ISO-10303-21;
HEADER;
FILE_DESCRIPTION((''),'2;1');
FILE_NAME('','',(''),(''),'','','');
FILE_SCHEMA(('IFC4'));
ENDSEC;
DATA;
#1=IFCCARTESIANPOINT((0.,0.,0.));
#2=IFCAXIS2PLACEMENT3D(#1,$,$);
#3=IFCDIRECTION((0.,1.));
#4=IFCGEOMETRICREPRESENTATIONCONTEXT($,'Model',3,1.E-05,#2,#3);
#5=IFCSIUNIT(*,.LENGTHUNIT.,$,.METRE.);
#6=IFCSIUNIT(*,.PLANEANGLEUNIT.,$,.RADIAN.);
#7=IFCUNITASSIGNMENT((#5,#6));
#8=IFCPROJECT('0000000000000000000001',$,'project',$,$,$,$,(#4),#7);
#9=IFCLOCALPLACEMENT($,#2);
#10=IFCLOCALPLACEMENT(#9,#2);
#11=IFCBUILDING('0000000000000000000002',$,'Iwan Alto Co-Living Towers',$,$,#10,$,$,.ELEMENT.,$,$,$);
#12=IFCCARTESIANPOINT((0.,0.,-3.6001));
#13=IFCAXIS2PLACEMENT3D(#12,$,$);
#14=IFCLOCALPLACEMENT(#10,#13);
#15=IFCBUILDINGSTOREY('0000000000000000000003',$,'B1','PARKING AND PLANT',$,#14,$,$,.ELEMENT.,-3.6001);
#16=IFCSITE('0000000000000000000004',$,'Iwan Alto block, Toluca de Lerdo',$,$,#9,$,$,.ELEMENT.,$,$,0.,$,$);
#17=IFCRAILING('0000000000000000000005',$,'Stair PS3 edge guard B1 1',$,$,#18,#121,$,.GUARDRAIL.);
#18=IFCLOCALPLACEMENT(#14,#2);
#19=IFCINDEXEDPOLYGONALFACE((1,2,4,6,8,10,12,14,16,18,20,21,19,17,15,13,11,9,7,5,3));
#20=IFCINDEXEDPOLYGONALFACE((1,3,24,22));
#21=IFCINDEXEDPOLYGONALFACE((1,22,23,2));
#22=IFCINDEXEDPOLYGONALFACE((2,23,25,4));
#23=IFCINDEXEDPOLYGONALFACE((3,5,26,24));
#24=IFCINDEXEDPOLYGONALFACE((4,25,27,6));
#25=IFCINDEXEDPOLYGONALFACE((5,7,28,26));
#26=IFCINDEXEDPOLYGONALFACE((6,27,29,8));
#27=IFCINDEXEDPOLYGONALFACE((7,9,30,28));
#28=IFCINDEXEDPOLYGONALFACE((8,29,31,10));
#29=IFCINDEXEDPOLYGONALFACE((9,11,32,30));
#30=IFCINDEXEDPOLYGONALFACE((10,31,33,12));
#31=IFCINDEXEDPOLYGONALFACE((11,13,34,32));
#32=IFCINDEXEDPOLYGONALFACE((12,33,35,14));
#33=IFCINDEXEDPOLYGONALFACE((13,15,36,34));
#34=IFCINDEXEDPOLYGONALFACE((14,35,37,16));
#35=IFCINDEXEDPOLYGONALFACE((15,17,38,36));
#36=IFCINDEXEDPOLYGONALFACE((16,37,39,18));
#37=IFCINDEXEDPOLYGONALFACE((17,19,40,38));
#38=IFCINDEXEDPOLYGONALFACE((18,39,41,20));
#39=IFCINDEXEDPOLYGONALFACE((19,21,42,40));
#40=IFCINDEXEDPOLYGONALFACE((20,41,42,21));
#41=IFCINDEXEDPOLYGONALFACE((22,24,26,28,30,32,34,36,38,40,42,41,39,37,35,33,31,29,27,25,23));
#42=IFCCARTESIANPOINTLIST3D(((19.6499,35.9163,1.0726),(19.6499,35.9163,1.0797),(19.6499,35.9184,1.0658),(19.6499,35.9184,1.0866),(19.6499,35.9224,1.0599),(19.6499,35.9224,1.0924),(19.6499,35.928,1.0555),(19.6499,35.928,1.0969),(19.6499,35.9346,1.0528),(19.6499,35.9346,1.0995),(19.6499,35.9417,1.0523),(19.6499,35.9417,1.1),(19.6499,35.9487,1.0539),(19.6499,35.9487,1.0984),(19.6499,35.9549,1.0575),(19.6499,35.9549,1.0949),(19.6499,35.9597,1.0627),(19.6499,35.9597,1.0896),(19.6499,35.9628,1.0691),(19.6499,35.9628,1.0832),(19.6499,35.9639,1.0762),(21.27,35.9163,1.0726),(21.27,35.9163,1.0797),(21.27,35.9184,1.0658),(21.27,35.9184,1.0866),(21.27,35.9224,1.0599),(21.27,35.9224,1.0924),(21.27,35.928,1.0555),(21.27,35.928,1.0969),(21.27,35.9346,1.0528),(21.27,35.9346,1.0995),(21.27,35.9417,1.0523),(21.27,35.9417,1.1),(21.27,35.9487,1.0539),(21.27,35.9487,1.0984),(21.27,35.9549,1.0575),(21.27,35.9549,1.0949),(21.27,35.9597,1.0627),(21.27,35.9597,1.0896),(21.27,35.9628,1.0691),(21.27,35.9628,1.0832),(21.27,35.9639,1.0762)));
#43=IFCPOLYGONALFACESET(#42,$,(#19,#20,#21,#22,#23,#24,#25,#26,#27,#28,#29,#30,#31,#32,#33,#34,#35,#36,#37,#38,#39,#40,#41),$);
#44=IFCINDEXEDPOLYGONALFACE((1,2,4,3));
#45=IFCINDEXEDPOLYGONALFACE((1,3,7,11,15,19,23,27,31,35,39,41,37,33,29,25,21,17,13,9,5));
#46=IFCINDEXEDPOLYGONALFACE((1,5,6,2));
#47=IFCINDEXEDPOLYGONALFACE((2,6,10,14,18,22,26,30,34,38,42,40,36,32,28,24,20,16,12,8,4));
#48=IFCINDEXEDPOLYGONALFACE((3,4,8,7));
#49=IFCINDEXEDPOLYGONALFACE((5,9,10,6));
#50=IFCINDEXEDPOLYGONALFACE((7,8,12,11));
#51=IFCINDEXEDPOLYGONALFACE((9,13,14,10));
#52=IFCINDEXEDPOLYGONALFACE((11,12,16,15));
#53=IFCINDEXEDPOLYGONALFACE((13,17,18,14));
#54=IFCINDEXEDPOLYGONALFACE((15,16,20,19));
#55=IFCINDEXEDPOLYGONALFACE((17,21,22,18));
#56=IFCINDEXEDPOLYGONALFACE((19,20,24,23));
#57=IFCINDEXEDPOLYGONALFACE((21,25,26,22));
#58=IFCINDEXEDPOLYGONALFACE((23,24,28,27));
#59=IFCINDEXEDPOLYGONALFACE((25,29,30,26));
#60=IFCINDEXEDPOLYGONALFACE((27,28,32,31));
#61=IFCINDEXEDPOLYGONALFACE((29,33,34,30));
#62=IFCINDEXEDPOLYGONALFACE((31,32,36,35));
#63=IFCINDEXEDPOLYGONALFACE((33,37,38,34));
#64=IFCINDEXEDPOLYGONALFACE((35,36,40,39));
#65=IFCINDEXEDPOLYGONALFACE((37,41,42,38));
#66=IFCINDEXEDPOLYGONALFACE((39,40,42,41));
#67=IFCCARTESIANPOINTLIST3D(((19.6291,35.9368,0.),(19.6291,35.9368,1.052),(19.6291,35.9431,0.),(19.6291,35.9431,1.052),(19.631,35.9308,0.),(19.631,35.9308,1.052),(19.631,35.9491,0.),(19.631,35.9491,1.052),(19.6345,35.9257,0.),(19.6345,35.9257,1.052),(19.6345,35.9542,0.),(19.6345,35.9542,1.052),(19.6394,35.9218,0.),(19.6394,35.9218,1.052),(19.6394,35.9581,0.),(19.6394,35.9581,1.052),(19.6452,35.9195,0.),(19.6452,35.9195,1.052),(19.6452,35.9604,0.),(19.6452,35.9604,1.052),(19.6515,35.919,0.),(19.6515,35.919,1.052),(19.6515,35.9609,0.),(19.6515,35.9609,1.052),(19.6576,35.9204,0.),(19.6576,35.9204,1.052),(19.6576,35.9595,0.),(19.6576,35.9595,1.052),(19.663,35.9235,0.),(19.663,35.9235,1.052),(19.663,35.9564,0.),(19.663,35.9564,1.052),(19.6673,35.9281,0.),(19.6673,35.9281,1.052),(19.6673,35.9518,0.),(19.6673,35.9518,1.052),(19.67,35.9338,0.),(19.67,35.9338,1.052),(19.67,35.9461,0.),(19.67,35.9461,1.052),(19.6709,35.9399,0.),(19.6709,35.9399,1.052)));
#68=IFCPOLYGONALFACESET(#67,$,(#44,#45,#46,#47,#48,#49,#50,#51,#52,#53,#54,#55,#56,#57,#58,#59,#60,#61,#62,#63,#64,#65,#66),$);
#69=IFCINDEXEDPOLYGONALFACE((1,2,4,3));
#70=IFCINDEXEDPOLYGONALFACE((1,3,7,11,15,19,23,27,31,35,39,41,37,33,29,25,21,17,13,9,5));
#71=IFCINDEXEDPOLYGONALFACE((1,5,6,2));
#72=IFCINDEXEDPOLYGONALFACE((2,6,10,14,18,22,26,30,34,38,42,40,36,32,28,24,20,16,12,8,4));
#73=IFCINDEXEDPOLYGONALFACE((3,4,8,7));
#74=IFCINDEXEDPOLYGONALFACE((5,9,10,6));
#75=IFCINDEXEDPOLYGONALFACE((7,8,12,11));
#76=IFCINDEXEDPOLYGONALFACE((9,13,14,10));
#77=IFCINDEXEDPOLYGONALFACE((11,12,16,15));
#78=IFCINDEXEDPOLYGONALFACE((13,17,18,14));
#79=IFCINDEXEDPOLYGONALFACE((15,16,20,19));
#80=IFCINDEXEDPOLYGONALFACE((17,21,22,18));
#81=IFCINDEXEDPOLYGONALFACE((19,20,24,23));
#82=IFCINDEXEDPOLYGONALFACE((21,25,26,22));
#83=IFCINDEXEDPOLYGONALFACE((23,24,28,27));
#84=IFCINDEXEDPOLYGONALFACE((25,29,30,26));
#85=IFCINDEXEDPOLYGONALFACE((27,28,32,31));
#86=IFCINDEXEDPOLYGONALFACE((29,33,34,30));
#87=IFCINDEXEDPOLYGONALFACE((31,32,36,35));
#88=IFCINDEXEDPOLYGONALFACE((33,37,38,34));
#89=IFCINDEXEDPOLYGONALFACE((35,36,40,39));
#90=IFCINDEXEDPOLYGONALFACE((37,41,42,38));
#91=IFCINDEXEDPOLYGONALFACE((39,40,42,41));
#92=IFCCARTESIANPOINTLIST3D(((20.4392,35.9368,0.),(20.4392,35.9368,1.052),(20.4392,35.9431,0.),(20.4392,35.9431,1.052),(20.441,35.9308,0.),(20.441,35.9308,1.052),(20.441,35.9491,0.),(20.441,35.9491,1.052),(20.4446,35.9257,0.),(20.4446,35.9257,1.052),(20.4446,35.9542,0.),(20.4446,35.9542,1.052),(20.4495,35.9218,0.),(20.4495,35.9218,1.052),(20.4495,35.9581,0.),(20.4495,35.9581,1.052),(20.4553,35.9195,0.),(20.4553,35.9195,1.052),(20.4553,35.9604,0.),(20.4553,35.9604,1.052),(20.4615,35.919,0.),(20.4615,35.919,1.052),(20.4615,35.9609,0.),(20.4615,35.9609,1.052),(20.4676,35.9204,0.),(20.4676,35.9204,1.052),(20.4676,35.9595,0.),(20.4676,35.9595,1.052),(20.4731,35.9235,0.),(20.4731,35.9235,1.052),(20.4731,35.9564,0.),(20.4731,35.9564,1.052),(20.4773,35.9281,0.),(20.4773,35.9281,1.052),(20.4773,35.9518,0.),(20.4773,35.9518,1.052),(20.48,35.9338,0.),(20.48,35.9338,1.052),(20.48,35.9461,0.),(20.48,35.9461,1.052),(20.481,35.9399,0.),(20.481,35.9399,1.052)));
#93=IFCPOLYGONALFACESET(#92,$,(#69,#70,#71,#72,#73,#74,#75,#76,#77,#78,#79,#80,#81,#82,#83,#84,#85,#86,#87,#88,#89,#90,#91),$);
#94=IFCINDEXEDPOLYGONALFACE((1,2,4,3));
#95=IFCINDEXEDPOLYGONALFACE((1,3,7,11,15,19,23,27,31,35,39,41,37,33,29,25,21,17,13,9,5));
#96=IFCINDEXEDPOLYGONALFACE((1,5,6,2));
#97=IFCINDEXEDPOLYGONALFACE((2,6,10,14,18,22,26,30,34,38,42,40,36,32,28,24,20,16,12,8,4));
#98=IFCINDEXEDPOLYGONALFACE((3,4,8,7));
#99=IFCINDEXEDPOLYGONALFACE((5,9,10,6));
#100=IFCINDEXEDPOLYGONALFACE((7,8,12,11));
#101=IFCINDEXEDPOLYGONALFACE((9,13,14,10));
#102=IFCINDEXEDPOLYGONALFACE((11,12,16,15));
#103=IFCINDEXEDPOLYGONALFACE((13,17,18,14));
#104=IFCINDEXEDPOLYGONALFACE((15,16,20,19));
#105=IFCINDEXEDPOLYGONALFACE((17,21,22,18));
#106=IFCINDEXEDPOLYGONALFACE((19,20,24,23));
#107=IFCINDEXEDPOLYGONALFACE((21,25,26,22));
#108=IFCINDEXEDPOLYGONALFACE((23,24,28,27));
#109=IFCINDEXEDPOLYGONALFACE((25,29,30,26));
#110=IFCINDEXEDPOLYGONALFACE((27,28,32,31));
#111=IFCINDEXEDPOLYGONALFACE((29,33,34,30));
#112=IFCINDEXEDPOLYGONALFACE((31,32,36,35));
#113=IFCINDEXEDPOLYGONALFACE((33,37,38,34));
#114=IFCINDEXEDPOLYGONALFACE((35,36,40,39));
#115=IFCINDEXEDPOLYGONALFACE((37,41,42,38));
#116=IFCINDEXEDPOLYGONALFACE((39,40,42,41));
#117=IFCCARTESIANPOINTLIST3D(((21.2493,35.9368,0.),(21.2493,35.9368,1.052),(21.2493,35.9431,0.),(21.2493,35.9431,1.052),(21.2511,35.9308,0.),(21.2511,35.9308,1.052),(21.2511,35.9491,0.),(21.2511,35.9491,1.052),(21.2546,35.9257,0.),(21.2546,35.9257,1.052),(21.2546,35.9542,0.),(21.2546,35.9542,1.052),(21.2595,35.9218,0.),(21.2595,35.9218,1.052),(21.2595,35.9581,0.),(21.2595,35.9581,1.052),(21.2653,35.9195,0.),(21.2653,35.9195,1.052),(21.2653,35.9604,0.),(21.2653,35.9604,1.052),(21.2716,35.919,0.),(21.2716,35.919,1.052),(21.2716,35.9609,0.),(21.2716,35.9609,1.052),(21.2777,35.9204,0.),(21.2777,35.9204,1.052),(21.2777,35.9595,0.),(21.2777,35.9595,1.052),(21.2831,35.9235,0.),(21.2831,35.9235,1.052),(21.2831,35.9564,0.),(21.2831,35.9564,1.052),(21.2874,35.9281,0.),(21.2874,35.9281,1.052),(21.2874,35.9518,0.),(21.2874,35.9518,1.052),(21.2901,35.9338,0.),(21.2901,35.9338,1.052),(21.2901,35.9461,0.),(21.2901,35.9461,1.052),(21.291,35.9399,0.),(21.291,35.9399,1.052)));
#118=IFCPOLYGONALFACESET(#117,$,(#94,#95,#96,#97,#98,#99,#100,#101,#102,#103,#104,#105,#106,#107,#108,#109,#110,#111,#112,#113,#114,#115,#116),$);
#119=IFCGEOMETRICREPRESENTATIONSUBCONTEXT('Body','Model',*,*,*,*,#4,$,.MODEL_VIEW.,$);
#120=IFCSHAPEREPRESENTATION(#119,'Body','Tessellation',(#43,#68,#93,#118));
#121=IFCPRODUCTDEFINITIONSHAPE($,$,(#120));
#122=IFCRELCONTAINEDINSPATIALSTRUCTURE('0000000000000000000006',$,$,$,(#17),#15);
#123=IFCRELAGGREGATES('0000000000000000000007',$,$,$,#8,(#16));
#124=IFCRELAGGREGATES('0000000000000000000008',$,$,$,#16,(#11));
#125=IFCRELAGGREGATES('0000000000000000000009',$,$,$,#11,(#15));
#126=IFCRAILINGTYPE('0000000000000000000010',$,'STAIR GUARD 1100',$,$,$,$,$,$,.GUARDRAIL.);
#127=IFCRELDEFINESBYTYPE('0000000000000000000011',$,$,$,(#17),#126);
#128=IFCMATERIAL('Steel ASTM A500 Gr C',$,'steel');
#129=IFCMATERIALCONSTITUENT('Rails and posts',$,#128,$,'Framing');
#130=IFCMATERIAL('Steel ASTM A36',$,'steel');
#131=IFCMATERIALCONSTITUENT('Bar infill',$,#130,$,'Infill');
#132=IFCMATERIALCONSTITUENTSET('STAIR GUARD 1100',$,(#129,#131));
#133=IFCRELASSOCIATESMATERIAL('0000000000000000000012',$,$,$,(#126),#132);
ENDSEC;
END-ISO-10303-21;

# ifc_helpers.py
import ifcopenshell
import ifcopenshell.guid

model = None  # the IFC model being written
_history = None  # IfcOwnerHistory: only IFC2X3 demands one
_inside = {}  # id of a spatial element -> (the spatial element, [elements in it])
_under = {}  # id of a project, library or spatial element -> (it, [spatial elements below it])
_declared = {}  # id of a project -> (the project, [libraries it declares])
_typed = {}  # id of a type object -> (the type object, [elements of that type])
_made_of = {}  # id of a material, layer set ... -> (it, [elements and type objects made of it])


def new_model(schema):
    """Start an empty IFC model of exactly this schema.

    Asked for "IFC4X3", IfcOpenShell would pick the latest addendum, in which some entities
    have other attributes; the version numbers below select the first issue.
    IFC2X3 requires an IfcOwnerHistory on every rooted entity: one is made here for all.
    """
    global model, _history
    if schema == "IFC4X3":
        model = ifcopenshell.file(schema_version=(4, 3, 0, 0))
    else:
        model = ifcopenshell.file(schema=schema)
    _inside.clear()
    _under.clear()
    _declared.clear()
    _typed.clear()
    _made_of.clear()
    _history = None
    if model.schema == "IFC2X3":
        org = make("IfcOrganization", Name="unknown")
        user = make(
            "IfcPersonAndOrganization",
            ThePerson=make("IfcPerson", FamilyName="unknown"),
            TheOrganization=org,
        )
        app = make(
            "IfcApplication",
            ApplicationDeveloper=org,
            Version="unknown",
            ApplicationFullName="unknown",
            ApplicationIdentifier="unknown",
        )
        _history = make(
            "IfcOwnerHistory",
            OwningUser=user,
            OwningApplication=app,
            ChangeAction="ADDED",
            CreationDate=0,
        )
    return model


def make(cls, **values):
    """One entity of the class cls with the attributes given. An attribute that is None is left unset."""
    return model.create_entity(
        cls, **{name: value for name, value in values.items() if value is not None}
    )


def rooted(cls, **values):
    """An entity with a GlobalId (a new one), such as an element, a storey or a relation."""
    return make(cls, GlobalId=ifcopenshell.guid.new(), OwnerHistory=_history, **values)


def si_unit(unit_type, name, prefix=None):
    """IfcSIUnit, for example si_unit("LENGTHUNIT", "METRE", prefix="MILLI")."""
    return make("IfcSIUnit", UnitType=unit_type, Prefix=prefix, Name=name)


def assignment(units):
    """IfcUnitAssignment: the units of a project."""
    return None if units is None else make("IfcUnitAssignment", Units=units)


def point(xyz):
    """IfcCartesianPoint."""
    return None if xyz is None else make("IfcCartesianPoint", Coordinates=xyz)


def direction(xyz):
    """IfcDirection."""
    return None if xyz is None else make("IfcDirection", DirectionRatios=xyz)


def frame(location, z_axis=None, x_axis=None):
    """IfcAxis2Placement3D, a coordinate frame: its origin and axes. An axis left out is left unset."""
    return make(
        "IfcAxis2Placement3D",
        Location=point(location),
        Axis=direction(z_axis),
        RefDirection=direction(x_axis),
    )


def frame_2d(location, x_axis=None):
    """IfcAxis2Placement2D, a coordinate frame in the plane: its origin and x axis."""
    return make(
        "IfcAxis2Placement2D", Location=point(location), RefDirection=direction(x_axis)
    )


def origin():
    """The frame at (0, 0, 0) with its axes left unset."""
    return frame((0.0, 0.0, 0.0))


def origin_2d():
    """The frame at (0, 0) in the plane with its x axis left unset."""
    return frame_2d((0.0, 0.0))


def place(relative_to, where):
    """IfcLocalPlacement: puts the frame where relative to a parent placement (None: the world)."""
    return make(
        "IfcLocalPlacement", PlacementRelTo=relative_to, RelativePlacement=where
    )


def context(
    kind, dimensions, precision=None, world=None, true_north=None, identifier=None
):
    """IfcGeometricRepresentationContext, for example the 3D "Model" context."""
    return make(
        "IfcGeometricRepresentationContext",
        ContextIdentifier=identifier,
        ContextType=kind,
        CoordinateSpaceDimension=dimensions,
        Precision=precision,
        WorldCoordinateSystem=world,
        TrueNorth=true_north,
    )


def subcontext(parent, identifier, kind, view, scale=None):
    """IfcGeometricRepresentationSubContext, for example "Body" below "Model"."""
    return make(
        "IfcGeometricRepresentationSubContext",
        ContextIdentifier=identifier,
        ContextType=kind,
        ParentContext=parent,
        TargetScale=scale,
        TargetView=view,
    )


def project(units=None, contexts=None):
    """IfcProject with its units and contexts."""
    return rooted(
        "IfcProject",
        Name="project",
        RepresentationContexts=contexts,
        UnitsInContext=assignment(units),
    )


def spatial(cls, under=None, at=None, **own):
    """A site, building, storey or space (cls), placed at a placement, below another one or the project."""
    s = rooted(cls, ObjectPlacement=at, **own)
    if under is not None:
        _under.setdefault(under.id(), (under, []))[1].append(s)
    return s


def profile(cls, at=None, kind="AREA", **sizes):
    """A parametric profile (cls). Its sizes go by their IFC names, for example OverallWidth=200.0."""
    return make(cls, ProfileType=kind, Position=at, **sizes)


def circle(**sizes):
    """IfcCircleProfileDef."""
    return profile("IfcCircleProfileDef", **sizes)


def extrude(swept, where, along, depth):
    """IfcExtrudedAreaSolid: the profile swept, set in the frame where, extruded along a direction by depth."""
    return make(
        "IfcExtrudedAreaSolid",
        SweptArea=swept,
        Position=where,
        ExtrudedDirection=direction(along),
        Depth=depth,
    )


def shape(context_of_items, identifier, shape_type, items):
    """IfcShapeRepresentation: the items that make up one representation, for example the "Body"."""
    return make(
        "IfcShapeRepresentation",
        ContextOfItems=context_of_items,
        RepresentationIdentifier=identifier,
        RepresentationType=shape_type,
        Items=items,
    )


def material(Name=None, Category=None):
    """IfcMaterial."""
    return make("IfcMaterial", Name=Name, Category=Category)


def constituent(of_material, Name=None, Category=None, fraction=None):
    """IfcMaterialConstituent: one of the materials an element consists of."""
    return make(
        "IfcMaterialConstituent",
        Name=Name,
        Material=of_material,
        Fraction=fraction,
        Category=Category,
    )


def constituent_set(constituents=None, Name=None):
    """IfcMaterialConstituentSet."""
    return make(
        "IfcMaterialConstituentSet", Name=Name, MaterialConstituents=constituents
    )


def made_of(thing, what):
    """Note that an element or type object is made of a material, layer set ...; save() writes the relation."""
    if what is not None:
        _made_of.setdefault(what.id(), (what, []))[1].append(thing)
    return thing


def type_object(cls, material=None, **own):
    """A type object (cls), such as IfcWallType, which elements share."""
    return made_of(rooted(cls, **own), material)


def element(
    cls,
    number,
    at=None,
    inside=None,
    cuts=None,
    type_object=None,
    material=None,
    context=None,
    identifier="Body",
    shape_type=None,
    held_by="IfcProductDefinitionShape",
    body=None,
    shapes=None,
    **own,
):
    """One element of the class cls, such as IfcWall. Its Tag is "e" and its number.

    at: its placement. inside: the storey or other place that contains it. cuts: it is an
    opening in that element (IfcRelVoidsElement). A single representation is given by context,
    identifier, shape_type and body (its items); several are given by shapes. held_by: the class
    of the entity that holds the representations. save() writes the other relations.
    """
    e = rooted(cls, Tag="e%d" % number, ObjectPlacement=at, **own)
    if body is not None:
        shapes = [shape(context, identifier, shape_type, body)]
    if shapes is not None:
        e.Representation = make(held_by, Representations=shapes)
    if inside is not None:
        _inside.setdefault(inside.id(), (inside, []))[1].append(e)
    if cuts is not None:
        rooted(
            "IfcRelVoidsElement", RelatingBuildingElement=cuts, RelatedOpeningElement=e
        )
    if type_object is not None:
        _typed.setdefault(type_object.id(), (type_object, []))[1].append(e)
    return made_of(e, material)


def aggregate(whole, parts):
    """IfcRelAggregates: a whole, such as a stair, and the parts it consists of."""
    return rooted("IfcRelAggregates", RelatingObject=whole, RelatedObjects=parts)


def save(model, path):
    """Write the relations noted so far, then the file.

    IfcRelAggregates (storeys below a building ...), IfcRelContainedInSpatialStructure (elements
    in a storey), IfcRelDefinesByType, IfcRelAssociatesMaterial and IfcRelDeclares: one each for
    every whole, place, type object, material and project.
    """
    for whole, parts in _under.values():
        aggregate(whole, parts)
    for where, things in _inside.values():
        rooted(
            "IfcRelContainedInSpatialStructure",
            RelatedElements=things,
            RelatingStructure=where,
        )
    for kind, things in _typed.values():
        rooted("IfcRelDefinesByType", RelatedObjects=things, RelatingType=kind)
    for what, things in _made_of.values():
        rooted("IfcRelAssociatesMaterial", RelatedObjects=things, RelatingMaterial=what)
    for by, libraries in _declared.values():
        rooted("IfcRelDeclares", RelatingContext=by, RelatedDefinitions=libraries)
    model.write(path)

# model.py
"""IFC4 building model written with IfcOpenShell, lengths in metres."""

from ifc_helpers import new_model, si_unit, direction, frame, origin, origin_2d, place, context, subcontext, project, spatial, circle, extrude, material, constituent, constituent_set, type_object, element, save


model = new_model("IFC4")

# Units and contexts
model_context = context("Model", 3, precision=1e-05, world=origin(), true_north=direction((0.0, 1.0)))
body_context = subcontext(model_context, "Body", "Model", "MODEL_VIEW")
ifc_project = project(units=[si_unit("LENGTHUNIT", "METRE"), si_unit("PLANEANGLEUNIT", "RADIAN")], contexts=[model_context])

# Site, building, storey
site_placement = place(None, origin())
site = spatial("IfcSite", under=ifc_project, at=site_placement, Name="Iwan Alto block, Toluca de Lerdo", CompositionType="ELEMENT", RefElevation=0.0)
building_placement = place(site_placement, origin())
building = spatial("IfcBuilding", under=site, at=building_placement, Name="Iwan Alto Co-Living Towers", CompositionType="ELEMENT")
storey_placement = place(building_placement, frame((0.0, 0.0, -3.6001)))
storey = spatial("IfcBuildingStorey", under=building, at=storey_placement, Name="B1", Description="PARKING AND PLANT", CompositionType="ELEMENT", Elevation=-3.6001)

# Shared definitions
ifc_material_1 = material(Name="Steel ASTM A36", Category="steel")

# Railing
ifc_material_2 = material(Name="Steel ASTM A500 Gr C", Category="steel")
ifc_constituent_1 = constituent(ifc_material_2, Name="Rails and posts", Category="Framing")
ifc_constituent_2 = constituent(ifc_material_1, Name="Bar infill", Category="Infill")
ifc_constituent_set_1 = constituent_set(constituents=[ifc_constituent_1, ifc_constituent_2], Name="STAIR GUARD 1100")
railing_type_1 = type_object("IfcRailingType", Name="STAIR GUARD 1100", PredefinedType="GUARDRAIL", material=ifc_constituent_set_1)
railing_1_placement = place(storey_placement, frame((19.6499, 35.9399, 0.0)))
element("IfcRailing", 1, at=railing_1_placement, inside=storey, type_object=railing_type_1, Name="Stair PS3 edge guard B1 1", PredefinedType="GUARDRAIL", context=body_context, shape_type="SweptSolid", body=[
    extrude(circle(Radius=0.0239, at=origin_2d()), frame((0.0, 0.0, 1.0762), z_axis=(1.0, 0.0, 0.0), x_axis=(0.0, 1.0, 0.0)), (0.0, 0.0, 1.0), 1.6201),
    extrude(circle(Radius=0.021, at=origin_2d()), origin(), (0.0, 0.0, 1.0), 1.052),
    extrude(circle(Radius=0.021, at=origin_2d()), frame((0.8101, 0.0, 0.0)), (0.0, 0.0, 1.0), 1.052),
    extrude(circle(Radius=0.021, at=origin_2d()), frame((1.6201, 0.0, 0.0)), (0.0, 0.0, 1.0), 1.052),
])

save(model, "model.ifc")
